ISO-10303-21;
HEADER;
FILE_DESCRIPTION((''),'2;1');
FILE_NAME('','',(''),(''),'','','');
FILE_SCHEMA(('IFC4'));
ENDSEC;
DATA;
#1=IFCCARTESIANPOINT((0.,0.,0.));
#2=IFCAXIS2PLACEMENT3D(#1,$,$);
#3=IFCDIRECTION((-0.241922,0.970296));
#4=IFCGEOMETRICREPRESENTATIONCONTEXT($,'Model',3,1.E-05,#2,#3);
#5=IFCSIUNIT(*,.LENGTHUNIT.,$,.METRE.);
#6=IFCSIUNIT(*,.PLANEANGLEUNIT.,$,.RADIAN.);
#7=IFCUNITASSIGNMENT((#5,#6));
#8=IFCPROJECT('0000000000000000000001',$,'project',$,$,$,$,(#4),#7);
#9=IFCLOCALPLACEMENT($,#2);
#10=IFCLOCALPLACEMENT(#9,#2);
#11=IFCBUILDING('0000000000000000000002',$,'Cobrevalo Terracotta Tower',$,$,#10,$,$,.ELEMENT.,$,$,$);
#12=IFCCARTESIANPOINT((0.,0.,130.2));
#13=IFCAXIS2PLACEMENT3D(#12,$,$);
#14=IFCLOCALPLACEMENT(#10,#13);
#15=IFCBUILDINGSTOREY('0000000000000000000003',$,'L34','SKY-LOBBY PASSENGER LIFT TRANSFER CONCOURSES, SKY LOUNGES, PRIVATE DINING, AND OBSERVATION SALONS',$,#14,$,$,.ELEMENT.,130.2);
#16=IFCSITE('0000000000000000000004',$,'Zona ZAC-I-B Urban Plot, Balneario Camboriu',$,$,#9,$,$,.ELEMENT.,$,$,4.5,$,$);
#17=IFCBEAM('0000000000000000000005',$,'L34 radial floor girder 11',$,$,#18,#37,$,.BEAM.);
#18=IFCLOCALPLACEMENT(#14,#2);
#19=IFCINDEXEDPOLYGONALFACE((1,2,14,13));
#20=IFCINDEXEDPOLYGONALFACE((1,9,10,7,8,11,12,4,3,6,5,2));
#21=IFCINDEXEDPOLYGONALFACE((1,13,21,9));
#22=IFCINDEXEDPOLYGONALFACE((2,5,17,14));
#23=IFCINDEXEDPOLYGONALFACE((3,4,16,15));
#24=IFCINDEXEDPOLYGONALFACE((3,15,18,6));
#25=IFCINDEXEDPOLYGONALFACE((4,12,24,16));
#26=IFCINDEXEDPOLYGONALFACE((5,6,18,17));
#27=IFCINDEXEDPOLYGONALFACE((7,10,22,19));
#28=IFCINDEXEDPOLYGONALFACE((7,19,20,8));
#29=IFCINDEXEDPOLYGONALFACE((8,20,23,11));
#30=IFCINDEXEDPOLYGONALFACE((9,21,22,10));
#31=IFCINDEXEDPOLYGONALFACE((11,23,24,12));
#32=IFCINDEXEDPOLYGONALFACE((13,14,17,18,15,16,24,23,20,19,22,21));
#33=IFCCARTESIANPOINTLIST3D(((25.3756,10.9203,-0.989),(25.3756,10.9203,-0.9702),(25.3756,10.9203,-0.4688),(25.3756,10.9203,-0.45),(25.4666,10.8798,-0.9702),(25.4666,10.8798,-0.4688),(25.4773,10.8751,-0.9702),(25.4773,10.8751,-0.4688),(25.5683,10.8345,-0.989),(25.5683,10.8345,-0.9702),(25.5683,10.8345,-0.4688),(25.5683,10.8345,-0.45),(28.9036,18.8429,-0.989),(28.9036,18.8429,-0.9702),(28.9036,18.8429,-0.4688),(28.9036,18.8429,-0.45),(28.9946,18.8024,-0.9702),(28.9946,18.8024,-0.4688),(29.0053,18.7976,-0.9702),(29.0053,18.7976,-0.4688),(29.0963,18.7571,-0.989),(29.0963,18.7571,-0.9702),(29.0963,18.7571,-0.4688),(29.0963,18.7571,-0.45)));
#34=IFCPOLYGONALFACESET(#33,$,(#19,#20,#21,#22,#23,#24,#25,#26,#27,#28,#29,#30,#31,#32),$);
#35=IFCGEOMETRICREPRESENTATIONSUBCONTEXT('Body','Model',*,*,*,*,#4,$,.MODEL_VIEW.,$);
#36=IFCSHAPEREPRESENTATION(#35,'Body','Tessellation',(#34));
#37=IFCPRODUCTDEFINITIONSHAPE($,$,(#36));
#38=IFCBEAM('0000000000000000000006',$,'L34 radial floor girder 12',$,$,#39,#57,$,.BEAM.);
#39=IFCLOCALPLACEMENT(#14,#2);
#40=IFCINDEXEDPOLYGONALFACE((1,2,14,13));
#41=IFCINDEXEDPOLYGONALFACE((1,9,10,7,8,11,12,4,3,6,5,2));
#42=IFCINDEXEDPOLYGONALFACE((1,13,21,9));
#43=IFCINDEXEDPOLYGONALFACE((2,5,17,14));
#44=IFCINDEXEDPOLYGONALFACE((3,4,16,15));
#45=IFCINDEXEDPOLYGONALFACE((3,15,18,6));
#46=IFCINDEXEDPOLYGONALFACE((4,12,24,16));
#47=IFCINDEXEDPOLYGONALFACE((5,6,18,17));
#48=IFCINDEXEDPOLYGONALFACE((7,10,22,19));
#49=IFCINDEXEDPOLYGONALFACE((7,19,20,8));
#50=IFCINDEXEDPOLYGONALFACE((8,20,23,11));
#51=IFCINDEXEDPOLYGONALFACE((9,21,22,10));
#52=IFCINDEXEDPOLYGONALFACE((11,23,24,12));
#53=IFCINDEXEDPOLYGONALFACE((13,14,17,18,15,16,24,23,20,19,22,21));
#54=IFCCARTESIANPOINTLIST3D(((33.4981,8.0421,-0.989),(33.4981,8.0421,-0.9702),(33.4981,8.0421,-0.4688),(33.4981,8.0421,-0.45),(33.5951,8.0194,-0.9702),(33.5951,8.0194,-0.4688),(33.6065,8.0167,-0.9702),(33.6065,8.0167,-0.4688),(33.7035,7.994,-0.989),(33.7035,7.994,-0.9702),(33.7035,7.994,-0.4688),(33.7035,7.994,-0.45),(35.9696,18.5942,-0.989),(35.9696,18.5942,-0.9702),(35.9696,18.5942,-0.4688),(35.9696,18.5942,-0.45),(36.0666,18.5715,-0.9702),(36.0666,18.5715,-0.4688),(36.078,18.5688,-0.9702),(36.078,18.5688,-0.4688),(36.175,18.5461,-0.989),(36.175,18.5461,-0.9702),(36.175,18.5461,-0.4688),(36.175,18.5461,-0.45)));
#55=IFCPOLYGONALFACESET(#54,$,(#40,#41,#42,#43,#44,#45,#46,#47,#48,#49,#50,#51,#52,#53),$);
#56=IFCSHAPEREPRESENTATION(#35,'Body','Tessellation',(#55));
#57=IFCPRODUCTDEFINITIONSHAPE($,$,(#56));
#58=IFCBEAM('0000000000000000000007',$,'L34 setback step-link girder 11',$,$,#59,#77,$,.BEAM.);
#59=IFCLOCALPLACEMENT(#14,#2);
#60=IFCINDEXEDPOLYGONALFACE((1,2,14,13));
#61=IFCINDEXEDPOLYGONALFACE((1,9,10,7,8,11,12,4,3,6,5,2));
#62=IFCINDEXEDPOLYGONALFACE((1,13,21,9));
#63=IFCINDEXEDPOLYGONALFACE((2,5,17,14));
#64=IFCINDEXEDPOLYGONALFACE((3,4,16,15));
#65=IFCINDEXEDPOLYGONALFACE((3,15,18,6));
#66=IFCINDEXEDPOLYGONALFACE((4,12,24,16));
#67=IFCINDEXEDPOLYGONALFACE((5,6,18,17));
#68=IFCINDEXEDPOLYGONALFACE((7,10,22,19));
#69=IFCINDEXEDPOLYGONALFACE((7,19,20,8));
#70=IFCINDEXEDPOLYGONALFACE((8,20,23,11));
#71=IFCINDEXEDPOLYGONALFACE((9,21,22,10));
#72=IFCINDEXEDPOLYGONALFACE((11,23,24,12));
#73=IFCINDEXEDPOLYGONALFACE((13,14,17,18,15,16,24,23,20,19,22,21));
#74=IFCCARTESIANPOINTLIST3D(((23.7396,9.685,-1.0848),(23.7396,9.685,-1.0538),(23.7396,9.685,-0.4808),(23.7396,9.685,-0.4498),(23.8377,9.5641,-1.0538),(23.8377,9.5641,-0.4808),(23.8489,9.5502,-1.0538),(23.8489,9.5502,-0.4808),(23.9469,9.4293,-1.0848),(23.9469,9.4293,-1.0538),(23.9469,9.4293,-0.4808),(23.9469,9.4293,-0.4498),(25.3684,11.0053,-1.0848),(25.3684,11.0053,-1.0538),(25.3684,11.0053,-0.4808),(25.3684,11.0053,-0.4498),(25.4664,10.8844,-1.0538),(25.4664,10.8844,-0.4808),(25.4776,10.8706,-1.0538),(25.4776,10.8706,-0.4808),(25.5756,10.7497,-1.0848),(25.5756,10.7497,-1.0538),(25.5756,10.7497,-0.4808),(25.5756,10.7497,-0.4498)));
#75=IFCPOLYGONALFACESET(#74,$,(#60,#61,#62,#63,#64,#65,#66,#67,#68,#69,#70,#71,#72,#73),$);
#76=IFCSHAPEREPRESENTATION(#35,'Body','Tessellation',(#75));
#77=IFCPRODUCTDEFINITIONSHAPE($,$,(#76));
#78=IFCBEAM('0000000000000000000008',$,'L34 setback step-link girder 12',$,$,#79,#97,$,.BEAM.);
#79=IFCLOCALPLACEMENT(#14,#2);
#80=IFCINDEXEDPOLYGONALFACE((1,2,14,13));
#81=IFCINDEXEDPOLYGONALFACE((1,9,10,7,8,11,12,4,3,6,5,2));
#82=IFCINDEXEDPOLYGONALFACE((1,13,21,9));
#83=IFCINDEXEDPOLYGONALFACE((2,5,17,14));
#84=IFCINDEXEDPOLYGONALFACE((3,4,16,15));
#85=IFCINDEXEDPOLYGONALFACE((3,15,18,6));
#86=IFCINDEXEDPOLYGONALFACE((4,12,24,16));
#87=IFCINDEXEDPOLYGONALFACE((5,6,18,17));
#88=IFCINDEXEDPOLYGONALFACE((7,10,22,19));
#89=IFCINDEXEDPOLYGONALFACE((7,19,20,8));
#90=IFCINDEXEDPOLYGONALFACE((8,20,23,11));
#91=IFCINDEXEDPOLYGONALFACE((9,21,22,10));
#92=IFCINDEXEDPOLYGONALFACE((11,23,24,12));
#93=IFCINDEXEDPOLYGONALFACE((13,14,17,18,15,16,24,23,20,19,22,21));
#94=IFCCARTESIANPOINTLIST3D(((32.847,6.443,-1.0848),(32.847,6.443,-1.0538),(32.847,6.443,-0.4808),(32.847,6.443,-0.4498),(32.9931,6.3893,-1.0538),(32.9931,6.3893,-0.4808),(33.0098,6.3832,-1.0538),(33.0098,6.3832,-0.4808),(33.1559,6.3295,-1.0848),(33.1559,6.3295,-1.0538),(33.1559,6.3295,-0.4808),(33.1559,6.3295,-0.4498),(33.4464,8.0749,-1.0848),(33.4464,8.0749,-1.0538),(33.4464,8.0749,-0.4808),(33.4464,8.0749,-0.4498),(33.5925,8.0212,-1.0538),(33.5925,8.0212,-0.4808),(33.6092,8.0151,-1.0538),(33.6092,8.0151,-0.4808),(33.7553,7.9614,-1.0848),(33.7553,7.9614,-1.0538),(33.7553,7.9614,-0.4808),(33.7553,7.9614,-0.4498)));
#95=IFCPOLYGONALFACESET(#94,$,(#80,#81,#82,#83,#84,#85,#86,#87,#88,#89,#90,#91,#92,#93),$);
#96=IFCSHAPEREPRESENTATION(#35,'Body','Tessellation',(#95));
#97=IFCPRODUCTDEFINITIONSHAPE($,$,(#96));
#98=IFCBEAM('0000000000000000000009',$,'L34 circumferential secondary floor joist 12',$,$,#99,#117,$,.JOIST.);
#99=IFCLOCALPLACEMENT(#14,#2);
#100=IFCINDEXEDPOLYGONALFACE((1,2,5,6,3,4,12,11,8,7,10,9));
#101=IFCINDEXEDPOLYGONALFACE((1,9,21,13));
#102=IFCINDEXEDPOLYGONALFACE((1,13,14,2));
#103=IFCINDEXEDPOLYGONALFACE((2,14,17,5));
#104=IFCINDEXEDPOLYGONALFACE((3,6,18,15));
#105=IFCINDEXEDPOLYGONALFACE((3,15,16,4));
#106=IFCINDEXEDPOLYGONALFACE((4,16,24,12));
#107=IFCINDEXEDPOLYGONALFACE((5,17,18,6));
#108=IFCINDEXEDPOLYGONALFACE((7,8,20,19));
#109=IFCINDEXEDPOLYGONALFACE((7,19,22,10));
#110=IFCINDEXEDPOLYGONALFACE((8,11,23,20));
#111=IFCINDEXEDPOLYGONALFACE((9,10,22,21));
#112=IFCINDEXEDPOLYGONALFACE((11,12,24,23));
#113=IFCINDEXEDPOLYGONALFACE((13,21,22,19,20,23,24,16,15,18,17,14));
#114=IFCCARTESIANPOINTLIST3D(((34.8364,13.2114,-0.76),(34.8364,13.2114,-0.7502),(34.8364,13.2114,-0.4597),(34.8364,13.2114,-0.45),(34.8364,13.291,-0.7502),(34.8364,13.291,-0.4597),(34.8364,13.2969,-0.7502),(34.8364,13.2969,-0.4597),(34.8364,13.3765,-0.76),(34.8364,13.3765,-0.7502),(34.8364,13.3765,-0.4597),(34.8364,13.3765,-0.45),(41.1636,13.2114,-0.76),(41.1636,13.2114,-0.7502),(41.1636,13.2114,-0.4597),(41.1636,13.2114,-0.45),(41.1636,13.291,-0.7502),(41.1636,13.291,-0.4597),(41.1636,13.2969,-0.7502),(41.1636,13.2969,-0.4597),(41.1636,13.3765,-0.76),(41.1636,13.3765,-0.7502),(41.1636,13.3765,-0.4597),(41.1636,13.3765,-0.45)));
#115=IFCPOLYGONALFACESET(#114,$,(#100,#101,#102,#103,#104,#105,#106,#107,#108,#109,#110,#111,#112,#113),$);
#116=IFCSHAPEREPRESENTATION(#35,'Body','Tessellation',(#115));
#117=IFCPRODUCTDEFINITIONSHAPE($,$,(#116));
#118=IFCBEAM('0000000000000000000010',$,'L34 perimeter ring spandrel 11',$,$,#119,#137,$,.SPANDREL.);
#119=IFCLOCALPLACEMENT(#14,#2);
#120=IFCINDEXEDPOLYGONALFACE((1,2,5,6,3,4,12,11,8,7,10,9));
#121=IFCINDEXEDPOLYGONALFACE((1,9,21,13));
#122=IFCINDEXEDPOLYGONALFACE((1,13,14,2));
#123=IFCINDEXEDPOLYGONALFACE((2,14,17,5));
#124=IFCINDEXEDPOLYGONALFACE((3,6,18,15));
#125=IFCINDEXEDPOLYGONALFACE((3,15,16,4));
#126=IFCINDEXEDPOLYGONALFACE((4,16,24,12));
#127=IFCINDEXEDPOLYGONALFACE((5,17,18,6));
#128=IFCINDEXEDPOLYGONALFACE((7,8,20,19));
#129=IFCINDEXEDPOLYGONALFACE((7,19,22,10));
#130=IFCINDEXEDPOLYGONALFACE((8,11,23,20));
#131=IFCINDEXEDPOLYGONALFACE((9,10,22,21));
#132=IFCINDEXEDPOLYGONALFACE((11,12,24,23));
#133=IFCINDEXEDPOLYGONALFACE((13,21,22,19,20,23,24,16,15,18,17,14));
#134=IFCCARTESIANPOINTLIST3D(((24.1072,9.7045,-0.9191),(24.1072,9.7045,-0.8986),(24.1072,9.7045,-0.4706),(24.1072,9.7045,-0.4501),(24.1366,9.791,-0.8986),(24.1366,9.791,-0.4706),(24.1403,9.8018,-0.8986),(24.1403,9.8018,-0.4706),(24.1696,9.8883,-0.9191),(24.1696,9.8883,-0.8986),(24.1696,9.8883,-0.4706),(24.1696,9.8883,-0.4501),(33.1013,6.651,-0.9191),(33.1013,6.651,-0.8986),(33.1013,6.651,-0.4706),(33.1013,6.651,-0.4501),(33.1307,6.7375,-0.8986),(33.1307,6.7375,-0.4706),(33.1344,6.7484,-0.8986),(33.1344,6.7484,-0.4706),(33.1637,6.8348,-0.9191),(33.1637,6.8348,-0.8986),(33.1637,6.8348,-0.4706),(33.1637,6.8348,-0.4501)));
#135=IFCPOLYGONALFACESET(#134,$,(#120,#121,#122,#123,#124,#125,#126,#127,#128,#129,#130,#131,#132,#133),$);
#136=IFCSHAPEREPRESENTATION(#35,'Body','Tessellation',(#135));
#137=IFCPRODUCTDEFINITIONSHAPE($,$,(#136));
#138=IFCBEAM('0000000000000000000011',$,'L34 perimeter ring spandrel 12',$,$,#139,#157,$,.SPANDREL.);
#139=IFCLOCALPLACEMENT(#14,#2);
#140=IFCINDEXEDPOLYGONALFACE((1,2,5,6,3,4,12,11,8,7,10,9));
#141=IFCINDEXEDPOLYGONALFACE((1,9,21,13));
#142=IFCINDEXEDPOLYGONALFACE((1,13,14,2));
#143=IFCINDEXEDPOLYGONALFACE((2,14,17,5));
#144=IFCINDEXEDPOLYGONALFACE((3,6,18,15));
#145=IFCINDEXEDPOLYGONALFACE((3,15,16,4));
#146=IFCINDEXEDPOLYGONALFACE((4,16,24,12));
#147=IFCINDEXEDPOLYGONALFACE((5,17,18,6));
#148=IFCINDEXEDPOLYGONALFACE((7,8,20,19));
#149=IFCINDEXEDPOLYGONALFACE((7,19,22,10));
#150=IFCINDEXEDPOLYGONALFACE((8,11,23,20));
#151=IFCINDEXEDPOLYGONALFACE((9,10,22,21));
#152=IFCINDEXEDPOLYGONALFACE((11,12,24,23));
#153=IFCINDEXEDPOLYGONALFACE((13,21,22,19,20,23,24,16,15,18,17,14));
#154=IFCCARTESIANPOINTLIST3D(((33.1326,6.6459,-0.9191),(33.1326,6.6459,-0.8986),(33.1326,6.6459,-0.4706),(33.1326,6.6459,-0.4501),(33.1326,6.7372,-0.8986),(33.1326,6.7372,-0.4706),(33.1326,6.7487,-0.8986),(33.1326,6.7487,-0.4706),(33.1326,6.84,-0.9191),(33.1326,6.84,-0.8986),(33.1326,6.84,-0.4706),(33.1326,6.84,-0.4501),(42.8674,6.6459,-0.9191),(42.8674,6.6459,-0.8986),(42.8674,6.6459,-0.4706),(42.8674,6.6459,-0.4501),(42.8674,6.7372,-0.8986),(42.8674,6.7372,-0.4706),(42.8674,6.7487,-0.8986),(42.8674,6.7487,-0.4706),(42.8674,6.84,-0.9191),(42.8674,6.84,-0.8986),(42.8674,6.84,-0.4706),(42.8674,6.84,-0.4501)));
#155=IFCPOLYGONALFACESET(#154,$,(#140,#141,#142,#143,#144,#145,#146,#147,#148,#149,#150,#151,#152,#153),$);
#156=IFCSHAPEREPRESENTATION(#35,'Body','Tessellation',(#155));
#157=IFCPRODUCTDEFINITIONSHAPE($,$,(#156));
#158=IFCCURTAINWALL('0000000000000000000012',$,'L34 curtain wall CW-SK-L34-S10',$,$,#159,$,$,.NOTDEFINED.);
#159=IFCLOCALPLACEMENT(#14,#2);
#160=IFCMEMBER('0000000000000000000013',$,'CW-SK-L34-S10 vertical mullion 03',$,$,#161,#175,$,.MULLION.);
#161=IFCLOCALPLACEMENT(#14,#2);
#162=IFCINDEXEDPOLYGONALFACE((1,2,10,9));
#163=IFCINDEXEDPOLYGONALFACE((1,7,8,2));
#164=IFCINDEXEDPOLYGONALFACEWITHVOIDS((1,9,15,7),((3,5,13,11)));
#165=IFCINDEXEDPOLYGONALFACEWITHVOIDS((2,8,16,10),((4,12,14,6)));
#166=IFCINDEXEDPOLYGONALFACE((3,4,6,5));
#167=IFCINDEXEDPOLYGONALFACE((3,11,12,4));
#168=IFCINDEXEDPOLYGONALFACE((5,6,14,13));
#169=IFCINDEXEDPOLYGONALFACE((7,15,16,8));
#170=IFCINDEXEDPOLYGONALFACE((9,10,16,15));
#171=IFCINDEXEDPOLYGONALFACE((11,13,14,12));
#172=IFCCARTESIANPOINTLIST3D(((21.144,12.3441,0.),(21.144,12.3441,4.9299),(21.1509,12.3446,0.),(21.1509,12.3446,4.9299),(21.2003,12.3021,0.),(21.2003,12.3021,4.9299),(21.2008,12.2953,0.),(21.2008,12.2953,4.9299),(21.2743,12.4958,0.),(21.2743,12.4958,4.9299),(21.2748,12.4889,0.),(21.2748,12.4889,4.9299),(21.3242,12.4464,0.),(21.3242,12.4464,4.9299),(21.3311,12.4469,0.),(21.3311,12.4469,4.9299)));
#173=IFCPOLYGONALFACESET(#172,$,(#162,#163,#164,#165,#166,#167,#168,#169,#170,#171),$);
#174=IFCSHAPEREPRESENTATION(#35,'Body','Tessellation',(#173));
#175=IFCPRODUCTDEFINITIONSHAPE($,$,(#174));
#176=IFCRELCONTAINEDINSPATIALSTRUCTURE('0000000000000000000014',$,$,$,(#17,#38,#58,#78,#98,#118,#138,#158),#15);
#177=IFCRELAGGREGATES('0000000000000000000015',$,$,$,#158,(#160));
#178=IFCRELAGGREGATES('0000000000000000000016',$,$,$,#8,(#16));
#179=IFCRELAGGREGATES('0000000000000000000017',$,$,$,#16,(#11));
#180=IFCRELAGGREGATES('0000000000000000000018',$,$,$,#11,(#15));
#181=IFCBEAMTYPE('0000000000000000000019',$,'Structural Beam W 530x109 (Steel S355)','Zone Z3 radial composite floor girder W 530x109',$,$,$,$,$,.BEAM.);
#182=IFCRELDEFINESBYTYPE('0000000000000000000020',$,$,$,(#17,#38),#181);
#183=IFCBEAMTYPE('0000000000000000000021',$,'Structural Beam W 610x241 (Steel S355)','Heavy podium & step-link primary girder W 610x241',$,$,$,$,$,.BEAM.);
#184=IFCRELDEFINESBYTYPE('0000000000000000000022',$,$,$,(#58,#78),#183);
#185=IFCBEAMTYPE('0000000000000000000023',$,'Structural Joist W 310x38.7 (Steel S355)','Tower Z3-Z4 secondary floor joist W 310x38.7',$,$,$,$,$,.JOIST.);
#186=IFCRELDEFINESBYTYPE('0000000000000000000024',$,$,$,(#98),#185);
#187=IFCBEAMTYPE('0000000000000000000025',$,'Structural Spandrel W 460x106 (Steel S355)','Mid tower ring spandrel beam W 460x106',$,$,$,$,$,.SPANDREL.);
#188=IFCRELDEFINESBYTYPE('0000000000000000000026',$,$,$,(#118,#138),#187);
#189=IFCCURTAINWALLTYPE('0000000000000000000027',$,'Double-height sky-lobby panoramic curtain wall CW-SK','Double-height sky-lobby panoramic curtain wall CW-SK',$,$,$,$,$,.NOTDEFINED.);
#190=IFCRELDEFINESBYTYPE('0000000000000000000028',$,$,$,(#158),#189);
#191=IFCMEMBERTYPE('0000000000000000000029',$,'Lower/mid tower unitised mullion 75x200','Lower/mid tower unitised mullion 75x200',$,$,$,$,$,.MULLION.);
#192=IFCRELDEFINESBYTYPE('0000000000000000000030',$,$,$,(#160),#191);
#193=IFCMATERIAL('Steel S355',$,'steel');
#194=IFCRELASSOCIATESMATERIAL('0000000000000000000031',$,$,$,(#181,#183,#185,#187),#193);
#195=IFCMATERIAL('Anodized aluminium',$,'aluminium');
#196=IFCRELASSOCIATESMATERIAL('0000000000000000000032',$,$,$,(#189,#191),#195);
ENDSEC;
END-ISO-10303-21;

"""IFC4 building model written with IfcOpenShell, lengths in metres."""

from ifc_helpers import new_model, si_unit, direction, frame, origin, origin_2d, place, context, subcontext, project, spatial, hollow_rectangle, i_section, extrude, source, transform, mapped, material, material_profile, profile_set, type_object, element, aggregate, save


model = new_model("IFC4")

# Units and contexts
model_context = context("Model", 3, precision=1e-05, world=origin(), true_north=direction((-0.241922, 0.970296)))
body_context = subcontext(model_context, "Body", "Model", "MODEL_VIEW")
ifc_project = project(units=[si_unit("LENGTHUNIT", "METRE"), si_unit("PLANEANGLEUNIT", "RADIAN")], contexts=[model_context])

# Site, building, storey
site_placement = place(None, origin())
site = spatial("IfcSite", under=ifc_project, at=site_placement, Name="Zona ZAC-I-B Urban Plot, Balneario Camboriu", CompositionType="ELEMENT", RefElevation=4.5)
building_placement = place(site_placement, origin())
building = spatial("IfcBuilding", under=site, at=building_placement, Name="Cobrevalo Terracotta Tower", CompositionType="ELEMENT")
storey_placement = place(building_placement, frame((0.0, 0.0, 130.2)))
storey = spatial("IfcBuildingStorey", under=building, at=storey_placement, Name="L34", Description="SKY-LOBBY PASSENGER LIFT TRANSFER CONCOURSES, SKY LOUNGES, PRIVATE DINING, AND OBSERVATION SALONS", CompositionType="ELEMENT", Elevation=130.2)

# Shared definitions
ifc_material_1 = material(Name="Steel S355", Category="steel")

# Beams
ifc_material_profile_1 = material_profile(ifc_material_1, i_section(OverallWidth=0.2109, OverallDepth=0.5391, WebThickness=0.0117, FlangeThickness=0.0188, at=origin_2d()), Name="W 530x109")
ifc_profile_set_1 = profile_set([ifc_material_profile_1], Name="Steel S355")
beam_type_1 = type_object("IfcBeamType", Name="Structural Beam W 530x109 (Steel S355)", Description="Zone Z3 radial composite floor girder W 530x109", PredefinedType="BEAM", material=ifc_profile_set_1)
beam_1_placement = place(storey_placement, frame((25.4719, 10.8774, -0.7195), z_axis=(0.406804, 0.913515, 0.0), x_axis=(-0.913515, 0.406804, 0.0)))
element("IfcBeam", 1, at=beam_1_placement, inside=storey, type_object=beam_type_1, Name="L34 radial floor girder 11", PredefinedType="BEAM", context=body_context, shape_type="SweptSolid", body=[
    extrude(i_section(OverallWidth=0.2109, OverallDepth=0.5391, WebThickness=0.0117, FlangeThickness=0.0188, at=origin_2d()), origin(), (0.0, 0.0, 1.0), 8.6726),
])
beam_2_placement = place(storey_placement, frame((33.6008, 8.0181, -0.7195), z_axis=(0.228044, 0.973651, 0.0), x_axis=(-0.973651, 0.228044, 0.0)))
element("IfcBeam", 2, at=beam_2_placement, inside=storey, type_object=beam_type_1, Name="L34 radial floor girder 12", PredefinedType="BEAM", context=body_context, shape_type="SweptSolid", body=[
    extrude(i_section(OverallWidth=0.2109, OverallDepth=0.5391, WebThickness=0.0117, FlangeThickness=0.0188, at=origin_2d()), origin(), (0.0, 0.0, 1.0), 10.8376),
])
ifc_material_profile_2 = material_profile(ifc_material_1, i_section(OverallWidth=0.3291, OverallDepth=0.635, WebThickness=0.0178, FlangeThickness=0.031, at=origin_2d()), Name="W 610x241")
ifc_profile_set_2 = profile_set([ifc_material_profile_2], Name="Steel S355")
beam_type_2 = type_object("IfcBeamType", Name="Structural Beam W 610x241 (Steel S355)", Description="Heavy podium & step-link primary girder W 610x241", PredefinedType="BEAM", material=ifc_profile_set_2)
beam_3_placement = place(storey_placement, frame((23.8433, 9.5571, -0.7673), z_axis=(0.776808, 0.629737, 0.0), x_axis=(-0.629737, 0.776808, 0.0)))
element("IfcBeam", 3, at=beam_3_placement, inside=storey, type_object=beam_type_2, Name="L34 setback step-link girder 11", PredefinedType="BEAM", context=body_context, shape_type="SweptSolid", body=[
    extrude(i_section(OverallWidth=0.3291, OverallDepth=0.635, WebThickness=0.0178, FlangeThickness=0.031, at=origin_2d()), origin(), (0.0, 0.0, 1.0), 2.0967),
])
beam_4_placement = place(storey_placement, frame((33.0015, 6.3862, -0.7673), z_axis=(0.344775, 0.938686, 0.0), x_axis=(-0.938686, 0.344775, 0.0)))
element("IfcBeam", 4, at=beam_4_placement, inside=storey, type_object=beam_type_2, Name="L34 setback step-link girder 12", PredefinedType="BEAM", context=body_context, shape_type="SweptSolid", body=[
    extrude(i_section(OverallWidth=0.3291, OverallDepth=0.635, WebThickness=0.0178, FlangeThickness=0.031, at=origin_2d()), origin(), (0.0, 0.0, 1.0), 1.7385),
])
ifc_material_profile_3 = material_profile(ifc_material_1, i_section(OverallWidth=0.165, OverallDepth=0.3101, WebThickness=0.0059, FlangeThickness=0.0098, at=origin_2d()), Name="W 310x38.7")
ifc_profile_set_3 = profile_set([ifc_material_profile_3], Name="Steel S355")
beam_type_3 = type_object("IfcBeamType", Name="Structural Joist W 310x38.7 (Steel S355)", Description="Tower Z3-Z4 secondary floor joist W 310x38.7", PredefinedType="JOIST", material=ifc_profile_set_3)
beam_5_placement = place(storey_placement, frame((34.8364, 13.2939, -0.605), z_axis=(1.0, 0.0, 0.0), x_axis=(0.0, 1.0, 0.0)))
element("IfcBeam", 5, at=beam_5_placement, inside=storey, type_object=beam_type_3, Name="L34 circumferential secondary floor joist 12", PredefinedType="JOIST", context=body_context, shape_type="SweptSolid", body=[
    extrude(i_section(OverallWidth=0.165, OverallDepth=0.3101, WebThickness=0.0059, FlangeThickness=0.0098, at=origin_2d()), origin(), (0.0, 0.0, 1.0), 6.3271),
])
ifc_material_profile_4 = material_profile(ifc_material_1, i_section(OverallWidth=0.1941, OverallDepth=0.469, WebThickness=0.0115, FlangeThickness=0.0205, at=origin_2d()), Name="W 460x106")
ifc_profile_set_4 = profile_set([ifc_material_profile_4], Name="Steel S355")
beam_type_4 = type_object("IfcBeamType", Name="Structural Spandrel W 460x106 (Steel S355)", Description="Mid tower ring spandrel beam W 460x106", PredefinedType="SPANDREL", material=ifc_profile_set_4)
beam_6_placement = place(storey_placement, frame((24.1384, 9.7964, -0.6846), z_axis=(0.946918, -0.321474, 0.0), x_axis=(0.321474, 0.946918, 0.0)))
element("IfcBeam", 6, at=beam_6_placement, inside=storey, type_object=beam_type_4, Name="L34 perimeter ring spandrel 11", PredefinedType="SPANDREL", context=body_context, shape_type="SweptSolid", body=[
    extrude(i_section(OverallWidth=0.1941, OverallDepth=0.469, WebThickness=0.0115, FlangeThickness=0.0205, at=origin_2d()), origin(), (0.0, 0.0, 1.0), 9.4983),
])
beam_7_placement = place(storey_placement, frame((33.1326, 6.7429, -0.6846), z_axis=(1.0, 0.0, 0.0), x_axis=(0.0, 1.0, 0.0)))
element("IfcBeam", 7, at=beam_7_placement, inside=storey, type_object=beam_type_4, Name="L34 perimeter ring spandrel 12", PredefinedType="SPANDREL", context=body_context, shape_type="SweptSolid", body=[
    extrude(i_section(OverallWidth=0.1941, OverallDepth=0.469, WebThickness=0.0115, FlangeThickness=0.0205, at=origin_2d()), origin(), (0.0, 0.0, 1.0), 9.7349),
])

# Curtain wall, member
ifc_material_2 = material(Name="Anodized aluminium", Category="aluminium")
curtain_wall_type = type_object("IfcCurtainWallType", Name="Double-height sky-lobby panoramic curtain wall CW-SK", Description="Double-height sky-lobby panoramic curtain wall CW-SK", PredefinedType="NOTDEFINED", material=ifc_material_2)
curtain_wall_1_placement = place(storey_placement, origin())
curtain_wall_1 = element("IfcCurtainWall", 8, at=curtain_wall_1_placement, inside=storey, type_object=curtain_wall_type, Name="L34 curtain wall CW-SK-L34-S10", PredefinedType="NOTDEFINED")
ifc_material_profile_5 = material_profile(ifc_material_2, hollow_rectangle(XDim=0.075, YDim=0.2, WallThickness=0.0049, at=origin_2d()), Name="CWM 75x200")
ifc_profile_set_5 = profile_set([ifc_material_profile_5], Name="Anodized aluminium")
member_type_1 = type_object("IfcMemberType", Name="Lower/mid tower unitised mullion 75x200", Description="Lower/mid tower unitised mullion 75x200", PredefinedType="MULLION", material=ifc_profile_set_5)
shared_shape_1 = source(origin(), body_context, "Body", "SweptSolid", [
    extrude(hollow_rectangle(XDim=0.075, YDim=0.2, WallThickness=0.0049, at=origin_2d()), origin(), (0.0, 0.0, 1.0), 4.9299),
])
member_1_placement = place(storey_placement, frame((21.2375, 12.3955, 0.0), z_axis=(0.0, 0.0, 1.0), x_axis=(0.758442, -0.651741, 0.0)))
member_1 = element("IfcMember", 9, at=member_1_placement, type_object=member_type_1, Name="CW-SK-L34-S10 vertical mullion 03", PredefinedType="MULLION", context=body_context, shape_type="MappedRepresentation", body=[
    mapped(shared_shape_1, transform((0.0, 0.0, 0.0), scale=1.0)),
])

aggregate(curtain_wall_1, [member_1])

save(model, "model.ifc")
